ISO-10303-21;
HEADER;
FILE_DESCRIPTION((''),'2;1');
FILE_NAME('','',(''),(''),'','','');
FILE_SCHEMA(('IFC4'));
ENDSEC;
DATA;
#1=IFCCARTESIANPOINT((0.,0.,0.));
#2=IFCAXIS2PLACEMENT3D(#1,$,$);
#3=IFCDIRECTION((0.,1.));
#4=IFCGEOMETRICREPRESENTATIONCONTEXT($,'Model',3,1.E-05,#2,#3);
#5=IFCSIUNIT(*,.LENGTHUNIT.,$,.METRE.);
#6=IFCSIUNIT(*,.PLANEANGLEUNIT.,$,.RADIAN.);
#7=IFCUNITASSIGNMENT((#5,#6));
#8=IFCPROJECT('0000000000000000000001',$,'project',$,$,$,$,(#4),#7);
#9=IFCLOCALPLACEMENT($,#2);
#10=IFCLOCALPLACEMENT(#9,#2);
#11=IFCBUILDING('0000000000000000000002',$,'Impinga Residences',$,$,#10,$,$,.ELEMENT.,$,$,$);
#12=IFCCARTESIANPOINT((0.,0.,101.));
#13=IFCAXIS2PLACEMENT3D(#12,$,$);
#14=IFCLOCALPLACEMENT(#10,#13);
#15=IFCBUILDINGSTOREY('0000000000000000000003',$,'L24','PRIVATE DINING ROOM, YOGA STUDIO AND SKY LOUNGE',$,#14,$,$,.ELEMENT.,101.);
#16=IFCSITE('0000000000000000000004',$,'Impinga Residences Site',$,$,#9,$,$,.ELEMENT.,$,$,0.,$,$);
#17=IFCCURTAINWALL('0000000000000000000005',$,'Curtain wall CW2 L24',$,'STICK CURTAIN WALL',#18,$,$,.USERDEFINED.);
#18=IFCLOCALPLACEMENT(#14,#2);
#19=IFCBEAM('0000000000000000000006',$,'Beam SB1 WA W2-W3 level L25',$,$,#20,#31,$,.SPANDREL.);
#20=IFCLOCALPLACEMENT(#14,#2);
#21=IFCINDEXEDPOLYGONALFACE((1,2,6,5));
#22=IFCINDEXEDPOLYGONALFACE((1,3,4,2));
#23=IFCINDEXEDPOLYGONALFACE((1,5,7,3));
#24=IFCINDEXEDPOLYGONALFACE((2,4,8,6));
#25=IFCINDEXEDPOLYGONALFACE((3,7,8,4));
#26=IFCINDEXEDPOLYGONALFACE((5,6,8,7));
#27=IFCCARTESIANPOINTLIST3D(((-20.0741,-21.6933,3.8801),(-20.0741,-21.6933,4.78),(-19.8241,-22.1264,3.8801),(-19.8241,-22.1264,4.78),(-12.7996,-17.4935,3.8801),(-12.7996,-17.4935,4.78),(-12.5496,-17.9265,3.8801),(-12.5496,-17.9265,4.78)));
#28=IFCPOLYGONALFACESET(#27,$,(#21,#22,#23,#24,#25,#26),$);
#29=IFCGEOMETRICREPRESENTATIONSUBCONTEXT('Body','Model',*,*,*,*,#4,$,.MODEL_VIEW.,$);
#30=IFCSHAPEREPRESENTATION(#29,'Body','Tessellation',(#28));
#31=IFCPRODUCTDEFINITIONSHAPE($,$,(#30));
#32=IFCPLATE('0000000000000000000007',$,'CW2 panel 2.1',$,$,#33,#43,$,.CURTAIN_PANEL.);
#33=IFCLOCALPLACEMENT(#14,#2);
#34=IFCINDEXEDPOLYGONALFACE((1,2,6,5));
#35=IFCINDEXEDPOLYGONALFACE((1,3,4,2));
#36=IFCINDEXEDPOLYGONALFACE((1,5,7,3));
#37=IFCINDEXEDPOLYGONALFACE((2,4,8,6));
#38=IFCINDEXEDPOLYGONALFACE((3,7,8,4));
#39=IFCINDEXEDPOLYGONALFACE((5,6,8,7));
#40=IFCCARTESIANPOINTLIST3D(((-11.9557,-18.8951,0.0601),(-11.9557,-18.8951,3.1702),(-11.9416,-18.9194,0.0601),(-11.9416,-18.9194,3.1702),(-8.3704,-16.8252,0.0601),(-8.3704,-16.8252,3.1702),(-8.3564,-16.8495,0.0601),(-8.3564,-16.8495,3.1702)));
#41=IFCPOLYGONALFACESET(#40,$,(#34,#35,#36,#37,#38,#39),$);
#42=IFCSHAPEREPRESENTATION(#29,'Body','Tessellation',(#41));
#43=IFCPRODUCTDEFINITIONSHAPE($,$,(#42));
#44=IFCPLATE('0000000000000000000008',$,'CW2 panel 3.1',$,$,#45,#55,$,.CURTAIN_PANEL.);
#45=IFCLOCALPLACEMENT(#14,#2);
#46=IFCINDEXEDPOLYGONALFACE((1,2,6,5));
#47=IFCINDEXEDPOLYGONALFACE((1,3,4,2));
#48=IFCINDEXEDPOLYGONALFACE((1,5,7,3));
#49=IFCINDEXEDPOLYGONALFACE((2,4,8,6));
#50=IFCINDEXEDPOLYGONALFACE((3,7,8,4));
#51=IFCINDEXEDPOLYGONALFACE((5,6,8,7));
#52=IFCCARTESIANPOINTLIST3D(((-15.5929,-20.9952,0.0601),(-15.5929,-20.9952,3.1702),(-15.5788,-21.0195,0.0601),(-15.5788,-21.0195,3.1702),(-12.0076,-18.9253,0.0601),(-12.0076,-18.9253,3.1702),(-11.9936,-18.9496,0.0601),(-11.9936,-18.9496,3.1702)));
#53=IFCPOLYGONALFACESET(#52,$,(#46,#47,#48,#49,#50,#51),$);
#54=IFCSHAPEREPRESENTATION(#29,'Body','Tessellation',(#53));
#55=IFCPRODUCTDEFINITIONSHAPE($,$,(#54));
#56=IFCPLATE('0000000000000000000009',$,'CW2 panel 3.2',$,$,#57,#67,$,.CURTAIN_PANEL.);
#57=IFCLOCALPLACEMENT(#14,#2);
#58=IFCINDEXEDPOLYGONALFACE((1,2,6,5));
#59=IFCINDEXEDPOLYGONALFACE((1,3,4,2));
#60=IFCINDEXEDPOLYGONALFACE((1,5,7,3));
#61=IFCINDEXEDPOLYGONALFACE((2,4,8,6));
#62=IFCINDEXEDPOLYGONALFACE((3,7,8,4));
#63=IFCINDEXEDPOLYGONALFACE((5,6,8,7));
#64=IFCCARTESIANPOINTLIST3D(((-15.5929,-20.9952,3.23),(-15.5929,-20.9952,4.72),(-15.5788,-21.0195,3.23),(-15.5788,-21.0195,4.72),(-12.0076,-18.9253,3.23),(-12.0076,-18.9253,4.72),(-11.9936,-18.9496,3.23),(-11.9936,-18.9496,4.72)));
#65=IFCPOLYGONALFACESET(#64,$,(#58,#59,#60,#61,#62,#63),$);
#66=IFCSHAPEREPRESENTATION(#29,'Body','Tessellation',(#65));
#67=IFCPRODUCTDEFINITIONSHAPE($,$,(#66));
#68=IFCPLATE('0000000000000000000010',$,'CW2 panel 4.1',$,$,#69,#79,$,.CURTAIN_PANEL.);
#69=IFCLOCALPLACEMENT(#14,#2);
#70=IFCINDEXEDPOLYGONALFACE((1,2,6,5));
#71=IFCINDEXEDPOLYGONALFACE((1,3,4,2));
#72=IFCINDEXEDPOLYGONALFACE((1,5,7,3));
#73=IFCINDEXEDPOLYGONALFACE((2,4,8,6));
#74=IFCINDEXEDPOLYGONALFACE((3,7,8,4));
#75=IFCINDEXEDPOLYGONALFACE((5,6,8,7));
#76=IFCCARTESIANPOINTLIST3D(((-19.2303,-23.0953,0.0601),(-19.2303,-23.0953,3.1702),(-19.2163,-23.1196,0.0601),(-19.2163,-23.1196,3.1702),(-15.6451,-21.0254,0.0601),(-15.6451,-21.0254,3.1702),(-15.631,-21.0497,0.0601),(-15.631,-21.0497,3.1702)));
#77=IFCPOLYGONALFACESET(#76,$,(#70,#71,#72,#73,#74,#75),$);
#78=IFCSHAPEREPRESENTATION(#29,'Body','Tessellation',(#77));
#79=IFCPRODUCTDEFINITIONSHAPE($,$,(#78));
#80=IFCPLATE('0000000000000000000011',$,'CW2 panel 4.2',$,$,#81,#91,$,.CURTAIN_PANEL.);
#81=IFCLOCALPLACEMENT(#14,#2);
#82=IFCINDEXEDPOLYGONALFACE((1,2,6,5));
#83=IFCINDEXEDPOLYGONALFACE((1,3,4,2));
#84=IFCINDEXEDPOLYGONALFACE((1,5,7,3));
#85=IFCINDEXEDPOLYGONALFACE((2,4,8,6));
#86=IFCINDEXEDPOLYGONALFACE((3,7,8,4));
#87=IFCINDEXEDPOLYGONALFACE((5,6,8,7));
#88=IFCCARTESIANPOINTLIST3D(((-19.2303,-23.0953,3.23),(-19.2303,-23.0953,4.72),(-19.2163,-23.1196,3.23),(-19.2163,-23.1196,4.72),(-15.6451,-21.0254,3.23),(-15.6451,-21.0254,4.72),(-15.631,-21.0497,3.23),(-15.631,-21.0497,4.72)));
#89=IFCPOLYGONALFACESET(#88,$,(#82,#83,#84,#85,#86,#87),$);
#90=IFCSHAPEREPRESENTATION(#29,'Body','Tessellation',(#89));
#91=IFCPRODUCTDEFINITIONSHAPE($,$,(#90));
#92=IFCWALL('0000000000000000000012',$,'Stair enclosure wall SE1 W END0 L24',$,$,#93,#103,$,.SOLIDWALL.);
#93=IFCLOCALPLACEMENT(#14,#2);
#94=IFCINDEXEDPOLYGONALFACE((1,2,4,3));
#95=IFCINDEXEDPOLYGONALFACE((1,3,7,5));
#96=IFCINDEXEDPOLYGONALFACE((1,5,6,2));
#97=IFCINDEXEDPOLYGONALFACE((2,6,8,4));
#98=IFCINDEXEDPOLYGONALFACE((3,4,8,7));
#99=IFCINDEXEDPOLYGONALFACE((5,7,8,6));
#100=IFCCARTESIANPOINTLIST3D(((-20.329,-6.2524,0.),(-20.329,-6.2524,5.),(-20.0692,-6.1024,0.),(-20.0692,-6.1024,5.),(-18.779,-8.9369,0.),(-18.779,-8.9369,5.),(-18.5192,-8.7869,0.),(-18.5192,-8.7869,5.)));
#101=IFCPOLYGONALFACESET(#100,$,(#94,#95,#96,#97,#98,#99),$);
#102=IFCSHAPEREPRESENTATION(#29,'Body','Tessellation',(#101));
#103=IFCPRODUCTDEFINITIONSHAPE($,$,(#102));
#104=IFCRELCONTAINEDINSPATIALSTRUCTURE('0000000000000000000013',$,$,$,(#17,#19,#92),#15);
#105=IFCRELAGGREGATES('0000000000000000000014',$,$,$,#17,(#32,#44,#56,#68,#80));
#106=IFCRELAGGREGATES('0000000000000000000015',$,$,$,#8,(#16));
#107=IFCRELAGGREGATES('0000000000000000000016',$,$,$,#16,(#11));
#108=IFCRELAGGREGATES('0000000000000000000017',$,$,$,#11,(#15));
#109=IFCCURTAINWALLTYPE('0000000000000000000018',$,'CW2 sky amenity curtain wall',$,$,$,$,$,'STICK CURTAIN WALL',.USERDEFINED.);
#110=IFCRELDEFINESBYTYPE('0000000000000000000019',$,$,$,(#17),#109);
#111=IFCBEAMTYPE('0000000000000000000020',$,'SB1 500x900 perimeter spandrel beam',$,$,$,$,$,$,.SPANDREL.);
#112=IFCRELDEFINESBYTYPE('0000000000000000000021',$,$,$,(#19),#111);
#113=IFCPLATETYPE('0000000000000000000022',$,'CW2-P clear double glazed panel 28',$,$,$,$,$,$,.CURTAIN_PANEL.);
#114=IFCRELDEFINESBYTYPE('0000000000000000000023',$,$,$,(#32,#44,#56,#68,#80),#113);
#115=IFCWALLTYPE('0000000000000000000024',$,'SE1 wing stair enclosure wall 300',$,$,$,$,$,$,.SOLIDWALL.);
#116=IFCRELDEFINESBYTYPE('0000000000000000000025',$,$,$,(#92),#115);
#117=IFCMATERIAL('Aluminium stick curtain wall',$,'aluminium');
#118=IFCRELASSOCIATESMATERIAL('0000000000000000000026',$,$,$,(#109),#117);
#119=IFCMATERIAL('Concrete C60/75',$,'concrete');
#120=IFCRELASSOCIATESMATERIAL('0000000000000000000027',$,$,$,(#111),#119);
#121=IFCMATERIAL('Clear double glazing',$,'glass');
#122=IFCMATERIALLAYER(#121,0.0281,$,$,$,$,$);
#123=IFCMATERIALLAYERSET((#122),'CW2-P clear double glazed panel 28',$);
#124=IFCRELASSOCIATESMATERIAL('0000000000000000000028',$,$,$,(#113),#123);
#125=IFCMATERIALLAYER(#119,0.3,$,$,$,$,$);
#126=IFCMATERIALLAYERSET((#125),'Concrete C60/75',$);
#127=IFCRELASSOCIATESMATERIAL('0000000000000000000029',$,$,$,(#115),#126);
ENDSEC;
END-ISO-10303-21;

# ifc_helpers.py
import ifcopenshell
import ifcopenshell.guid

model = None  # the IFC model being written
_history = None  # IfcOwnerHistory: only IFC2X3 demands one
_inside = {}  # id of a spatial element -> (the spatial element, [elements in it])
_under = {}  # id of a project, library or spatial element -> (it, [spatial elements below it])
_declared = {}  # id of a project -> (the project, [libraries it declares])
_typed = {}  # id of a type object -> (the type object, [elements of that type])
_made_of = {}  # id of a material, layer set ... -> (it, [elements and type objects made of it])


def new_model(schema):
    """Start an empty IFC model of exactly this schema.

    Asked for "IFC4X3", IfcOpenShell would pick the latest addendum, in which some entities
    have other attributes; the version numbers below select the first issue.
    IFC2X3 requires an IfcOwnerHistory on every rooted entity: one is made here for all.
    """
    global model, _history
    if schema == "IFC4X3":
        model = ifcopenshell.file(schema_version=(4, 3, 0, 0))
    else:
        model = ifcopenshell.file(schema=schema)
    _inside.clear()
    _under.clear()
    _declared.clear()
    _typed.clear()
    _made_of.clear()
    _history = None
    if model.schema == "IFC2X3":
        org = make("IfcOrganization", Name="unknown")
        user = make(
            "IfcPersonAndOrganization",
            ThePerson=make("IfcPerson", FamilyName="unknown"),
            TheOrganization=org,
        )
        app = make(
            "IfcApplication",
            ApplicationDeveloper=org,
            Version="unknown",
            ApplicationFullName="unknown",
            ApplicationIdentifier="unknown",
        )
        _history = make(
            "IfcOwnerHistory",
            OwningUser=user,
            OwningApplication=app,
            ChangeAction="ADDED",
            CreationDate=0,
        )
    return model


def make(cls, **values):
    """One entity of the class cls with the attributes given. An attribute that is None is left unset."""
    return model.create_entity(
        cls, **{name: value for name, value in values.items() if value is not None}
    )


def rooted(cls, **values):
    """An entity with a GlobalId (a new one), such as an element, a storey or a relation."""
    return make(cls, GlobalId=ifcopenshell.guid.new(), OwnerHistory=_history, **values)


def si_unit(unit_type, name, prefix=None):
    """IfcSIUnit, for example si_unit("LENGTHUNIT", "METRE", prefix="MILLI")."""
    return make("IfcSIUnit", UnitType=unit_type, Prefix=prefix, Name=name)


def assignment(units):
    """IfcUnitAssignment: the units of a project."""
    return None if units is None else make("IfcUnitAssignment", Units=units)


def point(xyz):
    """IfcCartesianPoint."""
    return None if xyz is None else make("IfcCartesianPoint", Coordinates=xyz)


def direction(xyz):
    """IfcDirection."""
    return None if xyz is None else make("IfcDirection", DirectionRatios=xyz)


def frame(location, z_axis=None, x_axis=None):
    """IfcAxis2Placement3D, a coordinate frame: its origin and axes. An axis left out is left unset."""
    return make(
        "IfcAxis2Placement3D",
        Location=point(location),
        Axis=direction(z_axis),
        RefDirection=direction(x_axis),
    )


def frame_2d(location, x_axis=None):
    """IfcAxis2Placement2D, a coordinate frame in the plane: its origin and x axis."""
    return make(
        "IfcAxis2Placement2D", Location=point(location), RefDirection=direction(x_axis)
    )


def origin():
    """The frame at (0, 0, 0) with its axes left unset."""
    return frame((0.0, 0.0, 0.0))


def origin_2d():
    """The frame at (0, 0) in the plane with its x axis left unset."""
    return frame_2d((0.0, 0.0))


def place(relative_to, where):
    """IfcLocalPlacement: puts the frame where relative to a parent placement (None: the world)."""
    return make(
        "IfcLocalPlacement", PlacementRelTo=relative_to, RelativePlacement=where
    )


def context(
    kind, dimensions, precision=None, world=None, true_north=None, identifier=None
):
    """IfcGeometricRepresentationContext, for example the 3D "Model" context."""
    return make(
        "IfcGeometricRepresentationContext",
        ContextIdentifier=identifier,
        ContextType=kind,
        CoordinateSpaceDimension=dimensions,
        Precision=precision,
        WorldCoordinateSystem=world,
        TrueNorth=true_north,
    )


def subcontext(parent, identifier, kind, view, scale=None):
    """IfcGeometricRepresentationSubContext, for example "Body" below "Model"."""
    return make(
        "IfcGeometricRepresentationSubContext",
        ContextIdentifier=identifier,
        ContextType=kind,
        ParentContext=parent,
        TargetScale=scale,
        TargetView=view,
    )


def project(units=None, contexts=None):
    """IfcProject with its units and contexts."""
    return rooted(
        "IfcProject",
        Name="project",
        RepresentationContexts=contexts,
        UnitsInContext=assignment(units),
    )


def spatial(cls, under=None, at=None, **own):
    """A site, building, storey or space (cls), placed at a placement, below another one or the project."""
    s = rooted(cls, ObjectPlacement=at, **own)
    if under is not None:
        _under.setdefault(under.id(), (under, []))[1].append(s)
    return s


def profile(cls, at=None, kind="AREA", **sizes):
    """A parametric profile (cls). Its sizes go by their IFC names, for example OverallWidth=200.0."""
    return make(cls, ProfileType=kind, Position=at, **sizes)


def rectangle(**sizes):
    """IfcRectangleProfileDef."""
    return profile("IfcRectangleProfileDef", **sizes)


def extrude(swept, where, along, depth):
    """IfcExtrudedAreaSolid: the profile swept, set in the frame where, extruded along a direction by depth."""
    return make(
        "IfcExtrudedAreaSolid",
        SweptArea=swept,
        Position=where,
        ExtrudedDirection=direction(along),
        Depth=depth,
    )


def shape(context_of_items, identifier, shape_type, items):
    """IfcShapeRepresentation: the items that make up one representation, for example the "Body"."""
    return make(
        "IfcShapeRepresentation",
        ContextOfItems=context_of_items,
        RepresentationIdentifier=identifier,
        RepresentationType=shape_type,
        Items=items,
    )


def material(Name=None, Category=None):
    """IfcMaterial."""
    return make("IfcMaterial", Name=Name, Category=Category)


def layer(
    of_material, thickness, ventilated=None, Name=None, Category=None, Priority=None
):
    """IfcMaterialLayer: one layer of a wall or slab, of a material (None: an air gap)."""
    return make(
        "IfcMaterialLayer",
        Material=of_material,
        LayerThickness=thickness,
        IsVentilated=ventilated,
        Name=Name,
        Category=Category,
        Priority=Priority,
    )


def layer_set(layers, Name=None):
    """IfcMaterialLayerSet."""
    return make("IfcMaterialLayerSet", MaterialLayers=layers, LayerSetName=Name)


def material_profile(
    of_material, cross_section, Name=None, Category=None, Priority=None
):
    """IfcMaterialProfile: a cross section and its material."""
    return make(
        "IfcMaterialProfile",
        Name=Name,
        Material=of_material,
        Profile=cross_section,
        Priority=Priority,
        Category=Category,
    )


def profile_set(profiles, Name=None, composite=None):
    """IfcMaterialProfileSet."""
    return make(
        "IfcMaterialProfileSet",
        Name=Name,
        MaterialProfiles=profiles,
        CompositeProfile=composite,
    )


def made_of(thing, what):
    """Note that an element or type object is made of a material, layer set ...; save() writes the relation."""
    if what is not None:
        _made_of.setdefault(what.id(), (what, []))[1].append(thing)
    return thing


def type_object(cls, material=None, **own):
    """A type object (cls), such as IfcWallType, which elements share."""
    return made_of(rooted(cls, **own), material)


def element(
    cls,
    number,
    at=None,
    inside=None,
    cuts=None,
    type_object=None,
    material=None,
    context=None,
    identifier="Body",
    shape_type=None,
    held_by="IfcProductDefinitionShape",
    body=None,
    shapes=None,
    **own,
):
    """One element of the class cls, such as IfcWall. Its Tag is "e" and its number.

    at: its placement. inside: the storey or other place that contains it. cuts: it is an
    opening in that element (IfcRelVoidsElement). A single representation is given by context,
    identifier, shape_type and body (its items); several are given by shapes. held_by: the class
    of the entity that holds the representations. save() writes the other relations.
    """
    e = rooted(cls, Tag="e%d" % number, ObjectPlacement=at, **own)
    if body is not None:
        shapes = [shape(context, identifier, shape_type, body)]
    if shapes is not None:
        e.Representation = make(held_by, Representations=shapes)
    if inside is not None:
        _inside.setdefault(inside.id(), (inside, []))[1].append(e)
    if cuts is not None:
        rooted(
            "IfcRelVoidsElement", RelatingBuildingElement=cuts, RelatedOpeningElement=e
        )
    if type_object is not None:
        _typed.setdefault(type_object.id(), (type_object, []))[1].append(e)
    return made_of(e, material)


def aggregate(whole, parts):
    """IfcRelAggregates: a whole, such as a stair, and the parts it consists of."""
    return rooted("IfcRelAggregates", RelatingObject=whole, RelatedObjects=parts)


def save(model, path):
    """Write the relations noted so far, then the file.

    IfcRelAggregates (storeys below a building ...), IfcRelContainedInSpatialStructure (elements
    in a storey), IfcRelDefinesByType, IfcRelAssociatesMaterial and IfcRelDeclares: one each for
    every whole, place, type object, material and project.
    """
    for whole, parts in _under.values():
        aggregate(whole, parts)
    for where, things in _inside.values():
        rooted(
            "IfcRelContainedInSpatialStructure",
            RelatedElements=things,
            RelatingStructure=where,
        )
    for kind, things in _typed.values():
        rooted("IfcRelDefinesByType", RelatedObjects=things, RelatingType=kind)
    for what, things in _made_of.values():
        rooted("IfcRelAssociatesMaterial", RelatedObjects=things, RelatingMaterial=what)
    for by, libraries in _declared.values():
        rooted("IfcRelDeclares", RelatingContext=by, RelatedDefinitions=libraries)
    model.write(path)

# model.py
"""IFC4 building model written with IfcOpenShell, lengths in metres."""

from ifc_helpers import new_model, si_unit, direction, frame, frame_2d, origin, origin_2d, place, context, subcontext, project, spatial, rectangle, extrude, material, layer, layer_set, material_profile, profile_set, type_object, element, aggregate, save


model = new_model("IFC4")

# Units and contexts
model_context = context("Model", 3, precision=1e-05, world=origin(), true_north=direction((0.0, 1.0)))
body_context = subcontext(model_context, "Body", "Model", "MODEL_VIEW")
ifc_project = project(units=[si_unit("LENGTHUNIT", "METRE"), si_unit("PLANEANGLEUNIT", "RADIAN")], contexts=[model_context])

# Site, building, storey
site_placement = place(None, origin())
site = spatial("IfcSite", under=ifc_project, at=site_placement, Name="Impinga Residences Site", CompositionType="ELEMENT", RefElevation=0.0)
building_placement = place(site_placement, origin())
building = spatial("IfcBuilding", under=site, at=building_placement, Name="Impinga Residences", CompositionType="ELEMENT")
storey_placement = place(building_placement, frame((0.0, 0.0, 101.0)))
storey = spatial("IfcBuildingStorey", under=building, at=storey_placement, Name="L24", Description="PRIVATE DINING ROOM, YOGA STUDIO AND SKY LOUNGE", CompositionType="ELEMENT", Elevation=101.0)

# Shared definitions
ifc_material_1 = material(Name="Concrete C60/75", Category="concrete")

# Curtain wall
ifc_material_2 = material(Name="Aluminium stick curtain wall", Category="aluminium")
curtain_wall_type = type_object("IfcCurtainWallType", Name="CW2 sky amenity curtain wall", ElementType="STICK CURTAIN WALL", PredefinedType="USERDEFINED", material=ifc_material_2)
curtain_wall_placement = place(storey_placement, origin())
curtain_wall = element("IfcCurtainWall", 1, at=curtain_wall_placement, inside=storey, type_object=curtain_wall_type, Name="Curtain wall CW2 L24", ObjectType="STICK CURTAIN WALL", PredefinedType="USERDEFINED")

# Beam
ifc_material_profile_1 = material_profile(ifc_material_1, rectangle(XDim=0.5, YDim=0.8999, at=origin_2d()), Name="RC 500x900")
ifc_profile_set_1 = profile_set([ifc_material_profile_1], Name="Concrete C60/75")
beam_type_1 = type_object("IfcBeamType", Name="SB1 500x900 perimeter spandrel beam", PredefinedType="SPANDREL", material=ifc_profile_set_1)
beam_placement = place(storey_placement, frame((-12.6746, -17.71, 4.3301), z_axis=(-0.866029, -0.499993, 0.0), x_axis=(0.499993, -0.866029, 0.0)))
element("IfcBeam", 2, at=beam_placement, inside=storey, type_object=beam_type_1, Name="Beam SB1 WA W2-W3 level L25", PredefinedType="SPANDREL", context=body_context, shape_type="SweptSolid", body=[
    extrude(rectangle(XDim=0.5, YDim=0.8999, at=origin_2d()), origin(), (0.0, 0.0, 1.0), 8.3999),
])

# Plates
ifc_material_3 = material(Name="Clear double glazing", Category="glass")
ifc_layer_1 = layer(ifc_material_3, 0.0281)
ifc_layer_set_1 = layer_set([ifc_layer_1], Name="CW2-P clear double glazed panel 28")
plate_type = type_object("IfcPlateType", Name="CW2-P clear double glazed panel 28", PredefinedType="CURTAIN_PANEL", material=ifc_layer_set_1)
plate_1_placement = place(storey_placement, frame((-10.156, -17.8723, 0.0601), z_axis=(0.0, 0.0, 1.0), x_axis=(-0.866025, -0.5, 0.0)))
plate_1 = element("IfcPlate", 3, at=plate_1_placement, type_object=plate_type, Name="CW2 panel 2.1", PredefinedType="CURTAIN_PANEL", context=body_context, shape_type="SweptSolid", body=[
    extrude(rectangle(XDim=4.1399, YDim=0.0281, at=origin_2d()), origin(), (0.0, 0.0, 1.0), 3.1101),
])
plate_2_placement = place(storey_placement, frame((-13.7932, -19.9724, 0.0601), z_axis=(0.0, 0.0, 1.0), x_axis=(-0.866025, -0.5, 0.0)))
plate_2 = element("IfcPlate", 4, at=plate_2_placement, type_object=plate_type, Name="CW2 panel 3.1", PredefinedType="CURTAIN_PANEL", context=body_context, shape_type="SweptSolid", body=[
    extrude(rectangle(XDim=4.1399, YDim=0.0281, at=origin_2d()), origin(), (0.0, 0.0, 1.0), 3.1101),
])
plate_3_placement = place(storey_placement, frame((-13.7932, -19.9724, 3.23), z_axis=(0.0, 0.0, 1.0), x_axis=(-0.866025, -0.5, 0.0)))
plate_3 = element("IfcPlate", 5, at=plate_3_placement, type_object=plate_type, Name="CW2 panel 3.2", PredefinedType="CURTAIN_PANEL", context=body_context, shape_type="SweptSolid", body=[
    extrude(rectangle(XDim=4.1399, YDim=0.0281, at=origin_2d()), origin(), (0.0, 0.0, 1.0), 1.49),
])
plate_4_placement = place(storey_placement, frame((-17.4307, -22.0725, 0.0601), z_axis=(0.0, 0.0, 1.0), x_axis=(-0.866025, -0.5, 0.0)))
plate_4 = element("IfcPlate", 6, at=plate_4_placement, type_object=plate_type, Name="CW2 panel 4.1", PredefinedType="CURTAIN_PANEL", context=body_context, shape_type="SweptSolid", body=[
    extrude(rectangle(XDim=4.1399, YDim=0.0281, at=origin_2d()), origin(), (0.0, 0.0, 1.0), 3.1101),
])
plate_5_placement = place(storey_placement, frame((-17.4307, -22.0725, 3.23), z_axis=(0.0, 0.0, 1.0), x_axis=(-0.866025, -0.5, 0.0)))
plate_5 = element("IfcPlate", 7, at=plate_5_placement, type_object=plate_type, Name="CW2 panel 4.2", PredefinedType="CURTAIN_PANEL", context=body_context, shape_type="SweptSolid", body=[
    extrude(rectangle(XDim=4.1399, YDim=0.0281, at=origin_2d()), origin(), (0.0, 0.0, 1.0), 1.49),
])
aggregate(curtain_wall, [plate_1, plate_2, plate_3, plate_4, plate_5])

# Wall
ifc_layer_2 = layer(ifc_material_1, 0.3)
ifc_layer_set_2 = layer_set([ifc_layer_2], Name="Concrete C60/75")
wall_type = type_object("IfcWallType", Name="SE1 wing stair enclosure wall 300", PredefinedType="SOLIDWALL", material=ifc_layer_set_2)
wall_placement = place(storey_placement, frame((-18.6492, -8.8618, 0.0), z_axis=(0.0, 0.0, 1.0), x_axis=(-0.500027, 0.86601, 0.0)))
element("IfcWall", 8, at=wall_placement, inside=storey, type_object=wall_type, Name="Stair enclosure wall SE1 W END0 L24", PredefinedType="SOLIDWALL", context=body_context, shape_type="SweptSolid", body=[
    extrude(rectangle(XDim=3.0999, YDim=0.3, at=frame_2d((1.5498, 0.0))), origin(), (0.0, 0.0, 1.0), 5.0),
])

save(model, "model.ifc")
